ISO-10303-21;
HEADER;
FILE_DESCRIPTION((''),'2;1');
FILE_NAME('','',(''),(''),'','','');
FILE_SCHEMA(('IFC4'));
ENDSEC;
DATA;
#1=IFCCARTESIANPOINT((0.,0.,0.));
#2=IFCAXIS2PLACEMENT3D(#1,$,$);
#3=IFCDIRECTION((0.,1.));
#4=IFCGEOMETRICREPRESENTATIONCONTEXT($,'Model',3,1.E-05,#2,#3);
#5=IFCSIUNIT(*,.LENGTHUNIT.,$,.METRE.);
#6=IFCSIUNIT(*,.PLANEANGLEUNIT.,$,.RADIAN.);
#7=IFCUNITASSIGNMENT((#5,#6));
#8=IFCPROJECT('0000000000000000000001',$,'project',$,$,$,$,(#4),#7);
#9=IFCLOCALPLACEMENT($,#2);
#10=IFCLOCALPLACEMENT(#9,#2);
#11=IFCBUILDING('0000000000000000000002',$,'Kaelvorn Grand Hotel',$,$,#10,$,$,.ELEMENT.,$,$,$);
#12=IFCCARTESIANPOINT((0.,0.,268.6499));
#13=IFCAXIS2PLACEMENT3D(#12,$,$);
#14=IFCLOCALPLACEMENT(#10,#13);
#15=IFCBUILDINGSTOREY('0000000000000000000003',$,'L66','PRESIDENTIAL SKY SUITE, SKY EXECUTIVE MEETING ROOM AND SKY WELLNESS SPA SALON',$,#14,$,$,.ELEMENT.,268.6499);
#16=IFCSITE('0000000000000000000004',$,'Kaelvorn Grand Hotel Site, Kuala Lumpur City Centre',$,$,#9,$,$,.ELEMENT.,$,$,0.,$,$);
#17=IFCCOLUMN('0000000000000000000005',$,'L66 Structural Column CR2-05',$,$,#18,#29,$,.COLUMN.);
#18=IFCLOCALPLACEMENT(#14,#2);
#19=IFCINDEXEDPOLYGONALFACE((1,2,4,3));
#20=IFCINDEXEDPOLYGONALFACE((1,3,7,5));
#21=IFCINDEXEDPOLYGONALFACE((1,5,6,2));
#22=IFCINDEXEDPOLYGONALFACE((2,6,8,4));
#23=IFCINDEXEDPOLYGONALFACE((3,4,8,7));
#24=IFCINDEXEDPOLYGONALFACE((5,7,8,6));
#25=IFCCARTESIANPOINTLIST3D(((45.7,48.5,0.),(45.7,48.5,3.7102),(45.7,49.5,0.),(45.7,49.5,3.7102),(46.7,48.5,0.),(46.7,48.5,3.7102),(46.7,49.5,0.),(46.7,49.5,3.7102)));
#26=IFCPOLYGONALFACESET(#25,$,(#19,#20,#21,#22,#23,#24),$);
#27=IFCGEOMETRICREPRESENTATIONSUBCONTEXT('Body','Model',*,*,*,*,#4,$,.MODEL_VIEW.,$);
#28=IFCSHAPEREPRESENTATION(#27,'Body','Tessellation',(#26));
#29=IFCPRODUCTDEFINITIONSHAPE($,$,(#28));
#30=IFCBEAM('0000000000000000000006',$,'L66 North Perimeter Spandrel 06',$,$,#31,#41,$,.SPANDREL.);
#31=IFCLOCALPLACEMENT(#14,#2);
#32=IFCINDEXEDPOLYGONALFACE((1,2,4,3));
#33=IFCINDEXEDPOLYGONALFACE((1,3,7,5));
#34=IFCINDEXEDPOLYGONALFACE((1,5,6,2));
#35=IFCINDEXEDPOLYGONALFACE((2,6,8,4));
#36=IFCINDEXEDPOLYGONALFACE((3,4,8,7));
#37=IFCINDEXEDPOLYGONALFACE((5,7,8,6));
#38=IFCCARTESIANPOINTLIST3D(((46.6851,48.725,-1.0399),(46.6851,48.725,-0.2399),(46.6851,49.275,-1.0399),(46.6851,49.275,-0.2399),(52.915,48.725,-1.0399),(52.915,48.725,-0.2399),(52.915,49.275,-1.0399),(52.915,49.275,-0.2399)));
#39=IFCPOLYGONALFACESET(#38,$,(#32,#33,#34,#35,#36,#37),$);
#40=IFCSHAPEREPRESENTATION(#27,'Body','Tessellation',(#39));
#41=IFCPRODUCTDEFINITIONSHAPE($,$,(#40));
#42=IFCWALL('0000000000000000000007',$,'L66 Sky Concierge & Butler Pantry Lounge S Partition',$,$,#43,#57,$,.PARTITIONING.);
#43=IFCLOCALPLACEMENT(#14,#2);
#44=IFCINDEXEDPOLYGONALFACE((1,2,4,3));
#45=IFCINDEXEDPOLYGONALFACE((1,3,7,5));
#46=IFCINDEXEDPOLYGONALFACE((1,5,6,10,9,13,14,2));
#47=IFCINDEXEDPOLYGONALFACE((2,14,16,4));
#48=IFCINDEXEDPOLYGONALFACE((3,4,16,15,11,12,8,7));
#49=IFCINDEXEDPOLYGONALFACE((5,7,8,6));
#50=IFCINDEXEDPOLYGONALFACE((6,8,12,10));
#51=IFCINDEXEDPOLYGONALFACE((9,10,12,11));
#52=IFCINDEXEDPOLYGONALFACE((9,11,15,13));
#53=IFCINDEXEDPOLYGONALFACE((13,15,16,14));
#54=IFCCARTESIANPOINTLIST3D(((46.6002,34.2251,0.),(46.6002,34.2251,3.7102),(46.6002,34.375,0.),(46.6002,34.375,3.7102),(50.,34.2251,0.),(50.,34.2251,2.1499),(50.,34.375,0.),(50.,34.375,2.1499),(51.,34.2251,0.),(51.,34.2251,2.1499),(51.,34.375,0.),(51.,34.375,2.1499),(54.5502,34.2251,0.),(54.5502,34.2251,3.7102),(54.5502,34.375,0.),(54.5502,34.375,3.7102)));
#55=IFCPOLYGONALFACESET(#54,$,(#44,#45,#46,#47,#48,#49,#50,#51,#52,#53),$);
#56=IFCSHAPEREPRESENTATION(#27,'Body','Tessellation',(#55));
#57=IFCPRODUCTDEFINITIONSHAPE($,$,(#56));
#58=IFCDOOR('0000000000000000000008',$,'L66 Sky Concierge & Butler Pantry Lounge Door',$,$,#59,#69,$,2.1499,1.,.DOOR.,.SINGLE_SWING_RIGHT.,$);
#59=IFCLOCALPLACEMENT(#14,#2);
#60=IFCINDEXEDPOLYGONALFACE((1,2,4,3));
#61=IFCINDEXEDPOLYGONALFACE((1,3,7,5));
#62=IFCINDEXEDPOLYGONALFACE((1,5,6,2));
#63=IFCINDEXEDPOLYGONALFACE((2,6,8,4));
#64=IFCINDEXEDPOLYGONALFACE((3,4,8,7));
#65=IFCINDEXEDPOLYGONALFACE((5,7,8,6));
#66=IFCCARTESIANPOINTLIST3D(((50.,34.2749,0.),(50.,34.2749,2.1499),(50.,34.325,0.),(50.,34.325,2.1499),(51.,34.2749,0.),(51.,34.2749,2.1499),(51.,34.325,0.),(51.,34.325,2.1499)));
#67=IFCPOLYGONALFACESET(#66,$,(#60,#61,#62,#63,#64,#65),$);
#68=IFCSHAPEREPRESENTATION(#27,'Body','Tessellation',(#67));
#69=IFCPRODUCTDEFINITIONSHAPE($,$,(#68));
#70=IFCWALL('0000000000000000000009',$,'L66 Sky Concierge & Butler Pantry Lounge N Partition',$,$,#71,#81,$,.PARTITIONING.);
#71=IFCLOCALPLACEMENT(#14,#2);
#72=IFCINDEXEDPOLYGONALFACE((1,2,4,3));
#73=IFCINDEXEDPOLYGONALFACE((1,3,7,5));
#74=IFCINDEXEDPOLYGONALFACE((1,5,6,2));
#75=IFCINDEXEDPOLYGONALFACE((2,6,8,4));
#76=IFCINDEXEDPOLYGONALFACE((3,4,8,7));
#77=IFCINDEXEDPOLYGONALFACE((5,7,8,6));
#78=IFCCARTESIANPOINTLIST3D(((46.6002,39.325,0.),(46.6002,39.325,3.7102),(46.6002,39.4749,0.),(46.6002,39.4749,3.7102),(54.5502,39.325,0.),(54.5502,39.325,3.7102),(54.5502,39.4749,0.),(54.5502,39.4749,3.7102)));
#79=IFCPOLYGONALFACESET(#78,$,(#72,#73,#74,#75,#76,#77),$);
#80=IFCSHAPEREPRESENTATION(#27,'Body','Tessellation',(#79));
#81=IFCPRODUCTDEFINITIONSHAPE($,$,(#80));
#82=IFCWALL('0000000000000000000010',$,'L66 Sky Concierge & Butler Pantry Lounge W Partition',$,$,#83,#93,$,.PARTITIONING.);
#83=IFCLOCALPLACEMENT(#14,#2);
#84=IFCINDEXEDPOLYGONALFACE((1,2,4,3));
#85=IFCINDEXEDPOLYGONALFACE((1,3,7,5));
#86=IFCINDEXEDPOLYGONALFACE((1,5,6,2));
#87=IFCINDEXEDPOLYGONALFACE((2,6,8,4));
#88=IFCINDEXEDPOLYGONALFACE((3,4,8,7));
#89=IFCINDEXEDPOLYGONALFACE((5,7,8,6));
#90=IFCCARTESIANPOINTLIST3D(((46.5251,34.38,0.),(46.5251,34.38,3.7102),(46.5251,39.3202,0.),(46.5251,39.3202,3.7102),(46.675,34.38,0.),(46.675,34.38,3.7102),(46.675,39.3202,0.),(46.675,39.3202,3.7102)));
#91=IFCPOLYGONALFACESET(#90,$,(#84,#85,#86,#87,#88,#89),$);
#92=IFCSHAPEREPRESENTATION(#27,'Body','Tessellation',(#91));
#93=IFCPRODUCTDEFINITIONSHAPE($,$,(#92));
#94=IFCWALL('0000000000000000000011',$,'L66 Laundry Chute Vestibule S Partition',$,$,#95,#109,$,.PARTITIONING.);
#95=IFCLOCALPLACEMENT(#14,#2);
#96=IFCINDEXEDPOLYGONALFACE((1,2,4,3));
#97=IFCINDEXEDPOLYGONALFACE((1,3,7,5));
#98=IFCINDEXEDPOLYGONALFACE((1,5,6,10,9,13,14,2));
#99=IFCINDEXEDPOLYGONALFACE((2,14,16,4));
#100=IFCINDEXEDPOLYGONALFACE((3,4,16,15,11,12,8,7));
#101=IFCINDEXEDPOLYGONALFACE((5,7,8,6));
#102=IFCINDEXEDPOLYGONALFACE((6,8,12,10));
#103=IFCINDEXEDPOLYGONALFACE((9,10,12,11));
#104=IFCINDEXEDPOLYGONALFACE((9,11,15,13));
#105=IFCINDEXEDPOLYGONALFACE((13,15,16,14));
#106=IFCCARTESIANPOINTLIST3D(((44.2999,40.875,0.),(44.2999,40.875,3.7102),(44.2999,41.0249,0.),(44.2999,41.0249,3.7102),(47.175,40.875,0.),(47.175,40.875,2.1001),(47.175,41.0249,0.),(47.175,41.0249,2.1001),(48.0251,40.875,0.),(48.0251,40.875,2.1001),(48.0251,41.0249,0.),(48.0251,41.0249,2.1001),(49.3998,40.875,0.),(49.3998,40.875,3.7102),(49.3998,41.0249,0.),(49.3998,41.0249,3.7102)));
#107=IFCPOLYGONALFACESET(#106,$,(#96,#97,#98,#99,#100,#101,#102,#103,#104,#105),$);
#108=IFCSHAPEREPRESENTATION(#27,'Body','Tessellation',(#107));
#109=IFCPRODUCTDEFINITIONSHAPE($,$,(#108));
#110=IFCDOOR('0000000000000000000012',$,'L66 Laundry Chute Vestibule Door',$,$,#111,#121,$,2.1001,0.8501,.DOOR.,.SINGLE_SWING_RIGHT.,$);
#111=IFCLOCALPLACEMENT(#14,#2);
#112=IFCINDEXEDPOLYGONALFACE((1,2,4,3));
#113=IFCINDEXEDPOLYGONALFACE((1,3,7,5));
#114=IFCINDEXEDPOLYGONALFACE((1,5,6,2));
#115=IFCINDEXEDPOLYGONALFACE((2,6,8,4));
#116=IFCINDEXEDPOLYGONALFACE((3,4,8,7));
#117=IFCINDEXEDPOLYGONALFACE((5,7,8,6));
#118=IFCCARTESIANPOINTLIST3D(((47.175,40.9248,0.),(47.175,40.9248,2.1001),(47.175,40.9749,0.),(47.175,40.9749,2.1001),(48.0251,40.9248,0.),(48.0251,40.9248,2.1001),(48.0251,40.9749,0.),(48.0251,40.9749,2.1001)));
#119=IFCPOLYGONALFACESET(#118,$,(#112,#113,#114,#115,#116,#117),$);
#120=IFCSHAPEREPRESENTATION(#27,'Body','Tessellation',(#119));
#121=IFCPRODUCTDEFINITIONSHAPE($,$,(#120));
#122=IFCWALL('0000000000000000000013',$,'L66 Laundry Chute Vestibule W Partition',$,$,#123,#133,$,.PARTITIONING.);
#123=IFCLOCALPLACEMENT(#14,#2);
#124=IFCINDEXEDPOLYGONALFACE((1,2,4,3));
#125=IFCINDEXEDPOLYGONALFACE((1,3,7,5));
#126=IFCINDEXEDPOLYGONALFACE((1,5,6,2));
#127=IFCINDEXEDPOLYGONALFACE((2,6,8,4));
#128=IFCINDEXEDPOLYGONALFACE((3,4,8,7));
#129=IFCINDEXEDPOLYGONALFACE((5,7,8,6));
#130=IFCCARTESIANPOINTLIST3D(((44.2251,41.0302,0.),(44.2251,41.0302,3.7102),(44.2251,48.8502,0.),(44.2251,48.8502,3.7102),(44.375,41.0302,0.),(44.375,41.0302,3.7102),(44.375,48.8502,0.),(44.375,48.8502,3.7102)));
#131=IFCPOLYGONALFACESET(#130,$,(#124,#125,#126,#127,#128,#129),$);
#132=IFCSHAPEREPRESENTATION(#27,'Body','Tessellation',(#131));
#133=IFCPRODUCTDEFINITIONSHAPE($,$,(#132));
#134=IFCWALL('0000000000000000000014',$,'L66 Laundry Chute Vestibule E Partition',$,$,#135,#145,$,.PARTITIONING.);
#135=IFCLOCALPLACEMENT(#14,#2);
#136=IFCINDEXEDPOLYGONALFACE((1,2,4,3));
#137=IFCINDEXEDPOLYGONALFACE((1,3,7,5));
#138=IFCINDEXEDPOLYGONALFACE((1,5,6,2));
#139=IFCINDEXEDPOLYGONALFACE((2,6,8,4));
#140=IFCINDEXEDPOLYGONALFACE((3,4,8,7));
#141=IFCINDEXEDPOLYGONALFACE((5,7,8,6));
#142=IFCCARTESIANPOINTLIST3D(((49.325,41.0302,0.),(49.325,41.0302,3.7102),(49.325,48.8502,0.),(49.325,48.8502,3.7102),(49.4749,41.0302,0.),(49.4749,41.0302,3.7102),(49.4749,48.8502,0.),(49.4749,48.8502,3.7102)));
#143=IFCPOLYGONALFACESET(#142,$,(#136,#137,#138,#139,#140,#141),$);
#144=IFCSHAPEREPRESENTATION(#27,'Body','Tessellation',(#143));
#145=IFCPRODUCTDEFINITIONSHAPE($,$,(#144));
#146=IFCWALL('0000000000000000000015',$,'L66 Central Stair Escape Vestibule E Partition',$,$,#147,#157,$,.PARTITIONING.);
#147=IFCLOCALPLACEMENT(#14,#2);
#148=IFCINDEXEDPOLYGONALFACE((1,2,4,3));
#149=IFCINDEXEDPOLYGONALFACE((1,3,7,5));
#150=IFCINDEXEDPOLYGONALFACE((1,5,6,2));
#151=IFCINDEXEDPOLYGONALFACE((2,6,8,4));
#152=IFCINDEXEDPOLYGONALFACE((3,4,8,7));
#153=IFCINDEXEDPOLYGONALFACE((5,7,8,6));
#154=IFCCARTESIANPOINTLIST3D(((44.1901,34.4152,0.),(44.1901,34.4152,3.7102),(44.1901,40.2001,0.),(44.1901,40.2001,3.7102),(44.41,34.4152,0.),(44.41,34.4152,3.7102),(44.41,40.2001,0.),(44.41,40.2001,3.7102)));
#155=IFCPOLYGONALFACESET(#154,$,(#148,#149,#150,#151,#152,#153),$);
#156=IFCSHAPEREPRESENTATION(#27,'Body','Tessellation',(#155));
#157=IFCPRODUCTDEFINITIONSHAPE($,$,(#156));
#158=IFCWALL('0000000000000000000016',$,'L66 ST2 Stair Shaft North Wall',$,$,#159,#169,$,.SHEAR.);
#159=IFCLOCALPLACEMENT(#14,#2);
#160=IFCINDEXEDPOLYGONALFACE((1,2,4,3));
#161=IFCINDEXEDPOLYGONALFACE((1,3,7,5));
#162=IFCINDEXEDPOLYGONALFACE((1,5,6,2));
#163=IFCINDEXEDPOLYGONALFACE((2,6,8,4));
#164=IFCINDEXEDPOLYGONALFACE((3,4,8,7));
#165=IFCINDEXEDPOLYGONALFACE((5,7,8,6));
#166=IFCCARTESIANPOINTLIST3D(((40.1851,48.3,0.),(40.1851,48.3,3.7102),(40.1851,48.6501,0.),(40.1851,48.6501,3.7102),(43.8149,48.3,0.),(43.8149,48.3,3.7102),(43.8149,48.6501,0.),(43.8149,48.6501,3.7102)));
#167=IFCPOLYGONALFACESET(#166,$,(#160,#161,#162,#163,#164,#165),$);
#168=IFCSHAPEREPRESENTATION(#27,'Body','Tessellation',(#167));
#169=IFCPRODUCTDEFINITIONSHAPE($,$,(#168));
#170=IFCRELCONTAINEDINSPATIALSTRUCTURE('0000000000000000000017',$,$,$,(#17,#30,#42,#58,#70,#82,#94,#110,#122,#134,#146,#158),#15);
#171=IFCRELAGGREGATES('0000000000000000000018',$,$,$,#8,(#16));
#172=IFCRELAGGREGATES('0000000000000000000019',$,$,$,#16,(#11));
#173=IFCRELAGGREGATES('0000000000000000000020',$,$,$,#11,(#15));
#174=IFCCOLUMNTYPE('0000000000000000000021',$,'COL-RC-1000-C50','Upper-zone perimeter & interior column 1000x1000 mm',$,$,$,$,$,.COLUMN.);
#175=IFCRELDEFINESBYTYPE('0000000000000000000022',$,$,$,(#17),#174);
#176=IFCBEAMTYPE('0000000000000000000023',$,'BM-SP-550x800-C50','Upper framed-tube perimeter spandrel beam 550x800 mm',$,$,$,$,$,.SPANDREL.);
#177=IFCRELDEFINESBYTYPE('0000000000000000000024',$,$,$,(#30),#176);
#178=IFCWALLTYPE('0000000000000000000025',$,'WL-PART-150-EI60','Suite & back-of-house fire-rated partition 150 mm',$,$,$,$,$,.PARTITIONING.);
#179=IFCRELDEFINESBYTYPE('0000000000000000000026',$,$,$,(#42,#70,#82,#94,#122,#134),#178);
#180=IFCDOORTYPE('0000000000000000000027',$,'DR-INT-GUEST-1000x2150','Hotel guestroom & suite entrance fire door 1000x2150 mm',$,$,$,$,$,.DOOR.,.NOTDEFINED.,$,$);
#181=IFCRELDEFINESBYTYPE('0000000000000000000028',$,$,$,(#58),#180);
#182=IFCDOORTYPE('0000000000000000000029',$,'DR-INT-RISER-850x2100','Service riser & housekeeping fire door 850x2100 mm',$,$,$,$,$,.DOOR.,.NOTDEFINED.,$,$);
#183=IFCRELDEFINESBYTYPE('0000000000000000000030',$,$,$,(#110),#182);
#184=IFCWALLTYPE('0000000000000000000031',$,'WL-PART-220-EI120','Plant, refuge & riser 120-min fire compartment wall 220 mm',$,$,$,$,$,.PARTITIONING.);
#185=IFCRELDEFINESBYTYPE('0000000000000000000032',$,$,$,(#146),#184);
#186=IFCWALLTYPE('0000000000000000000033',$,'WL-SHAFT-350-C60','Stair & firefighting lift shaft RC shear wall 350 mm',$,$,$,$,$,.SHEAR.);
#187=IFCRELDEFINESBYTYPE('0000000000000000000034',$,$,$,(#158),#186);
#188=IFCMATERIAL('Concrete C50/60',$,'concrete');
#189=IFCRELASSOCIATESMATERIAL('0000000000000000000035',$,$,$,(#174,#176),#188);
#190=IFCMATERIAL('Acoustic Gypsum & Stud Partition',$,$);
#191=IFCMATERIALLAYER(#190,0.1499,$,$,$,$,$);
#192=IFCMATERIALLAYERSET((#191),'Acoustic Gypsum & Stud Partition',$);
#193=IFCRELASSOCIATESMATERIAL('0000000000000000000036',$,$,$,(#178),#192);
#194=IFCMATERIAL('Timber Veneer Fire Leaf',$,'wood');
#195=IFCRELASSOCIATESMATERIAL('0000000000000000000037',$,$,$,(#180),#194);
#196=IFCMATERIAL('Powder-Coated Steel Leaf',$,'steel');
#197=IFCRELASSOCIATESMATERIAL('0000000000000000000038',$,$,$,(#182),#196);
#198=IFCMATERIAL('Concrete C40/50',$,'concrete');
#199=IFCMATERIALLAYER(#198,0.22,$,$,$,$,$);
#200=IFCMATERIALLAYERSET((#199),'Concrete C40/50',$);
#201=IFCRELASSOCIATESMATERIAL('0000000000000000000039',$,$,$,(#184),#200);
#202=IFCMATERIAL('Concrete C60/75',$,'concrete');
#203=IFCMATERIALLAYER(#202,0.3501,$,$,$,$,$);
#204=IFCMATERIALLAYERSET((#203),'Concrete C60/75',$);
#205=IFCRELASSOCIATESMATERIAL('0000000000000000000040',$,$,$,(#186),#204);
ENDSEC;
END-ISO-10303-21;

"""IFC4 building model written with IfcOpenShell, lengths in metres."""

from ifc_helpers import new_model, si_unit, direction, frame, frame_2d, origin, origin_2d, place, context, subcontext, project, spatial, rectangle, extrude, material, layer, layer_set, material_profile, profile_set, type_object, element, fill, save


model = new_model("IFC4")

# Units and contexts
model_context = context("Model", 3, precision=1e-05, world=origin(), true_north=direction((0.0, 1.0)))
body_context = subcontext(model_context, "Body", "Model", "MODEL_VIEW")
ifc_project = project(units=[si_unit("LENGTHUNIT", "METRE"), si_unit("PLANEANGLEUNIT", "RADIAN")], contexts=[model_context])

# Site, building, storey
site_placement = place(None, origin())
site = spatial("IfcSite", under=ifc_project, at=site_placement, Name="Kaelvorn Grand Hotel Site, Kuala Lumpur City Centre", CompositionType="ELEMENT", RefElevation=0.0)
building_placement = place(site_placement, origin())
building = spatial("IfcBuilding", under=site, at=building_placement, Name="Kaelvorn Grand Hotel", CompositionType="ELEMENT")
storey_placement = place(building_placement, frame((0.0, 0.0, 268.6499)))
storey = spatial("IfcBuildingStorey", under=building, at=storey_placement, Name="L66", Description="PRESIDENTIAL SKY SUITE, SKY EXECUTIVE MEETING ROOM AND SKY WELLNESS SPA SALON", CompositionType="ELEMENT", Elevation=268.6499)

# Column
ifc_material_1 = material(Name="Concrete C50/60", Category="concrete")
ifc_material_profile_1 = material_profile(ifc_material_1, rectangle(XDim=1.0, YDim=1.0, at=origin_2d()), Name="RC COL 1000x1000")
ifc_profile_set_1 = profile_set([ifc_material_profile_1], Name="Concrete C50/60")
column_type = type_object("IfcColumnType", Name="COL-RC-1000-C50", Description="Upper-zone perimeter & interior column 1000x1000 mm", PredefinedType="COLUMN", material=ifc_profile_set_1)
column_placement = place(storey_placement, frame((46.2, 49.0, 0.0), z_axis=(0.0, 0.0, 1.0), x_axis=(1.0, 0.0, 0.0)))
element("IfcColumn", 1, at=column_placement, inside=storey, type_object=column_type, Name="L66 Structural Column CR2-05", PredefinedType="COLUMN", context=body_context, shape_type="SweptSolid", body=[
    extrude(rectangle(XDim=1.0, YDim=1.0, at=origin_2d()), origin(), (0.0, 0.0, 1.0), 3.7102),
])

# Beam
ifc_material_profile_2 = material_profile(ifc_material_1, rectangle(XDim=0.55, YDim=0.8, at=origin_2d()), Name="RC SPANDREL 550x800")
ifc_profile_set_2 = profile_set([ifc_material_profile_2], Name="Concrete C50/60")
beam_type = type_object("IfcBeamType", Name="BM-SP-550x800-C50", Description="Upper framed-tube perimeter spandrel beam 550x800 mm", PredefinedType="SPANDREL", material=ifc_profile_set_2)
beam_placement = place(storey_placement, frame((46.6851, 49.0, -0.6399), z_axis=(1.0, 0.0, 0.0), x_axis=(0.0, 1.0, 0.0)))
element("IfcBeam", 2, at=beam_placement, inside=storey, type_object=beam_type, Name="L66 North Perimeter Spandrel 06", PredefinedType="SPANDREL", context=body_context, shape_type="SweptSolid", body=[
    extrude(rectangle(XDim=0.55, YDim=0.8, at=origin_2d()), origin(), (0.0, 0.0, 1.0), 6.23),
])

# Wall, opening, door
ifc_material_2 = material(Name="Acoustic Gypsum & Stud Partition")
ifc_layer_1 = layer(ifc_material_2, 0.1499)
ifc_layer_set_1 = layer_set([ifc_layer_1], Name="Acoustic Gypsum & Stud Partition")
wall_type_1 = type_object("IfcWallType", Name="WL-PART-150-EI60", Description="Suite & back-of-house fire-rated partition 150 mm", PredefinedType="PARTITIONING", material=ifc_layer_set_1)
wall_1_placement = place(storey_placement, frame((46.6001, 34.3, 0.0), z_axis=(0.0, 0.0, 1.0), x_axis=(1.0, 0.0, 0.0)))
wall_1 = element("IfcWall", 3, at=wall_1_placement, inside=storey, type_object=wall_type_1, Name="L66 Sky Concierge & Butler Pantry Lounge S Partition", PredefinedType="PARTITIONING", context=body_context, shape_type="SweptSolid", body=[
    extrude(rectangle(XDim=7.95, YDim=0.1499, at=frame_2d((3.9751, 0.0))), origin(), (0.0, 0.0, 1.0), 3.7102),
])
opening_1_placement = place(wall_1_placement, frame((3.3999, 0.0, 0.0)))
opening_1 = element("IfcOpeningElement", 4, at=opening_1_placement, cuts=wall_1, PredefinedType="OPENING", context=body_context, shape_type="SweptSolid", body=[
    extrude(rectangle(XDim=1.0, YDim=2.1499, at=frame_2d((0.5, 1.075))), frame((0.0, 0.085, 0.0), z_axis=(0.0, -1.0, 0.0), x_axis=(1.0, 0.0, 0.0)), (0.0, 0.0, 1.0), 0.1699),
])
ifc_material_3 = material(Name="Timber Veneer Fire Leaf", Category="wood")
door_type_1 = type_object("IfcDoorType", Name="DR-INT-GUEST-1000x2150", Description="Hotel guestroom & suite entrance fire door 1000x2150 mm", OperationType="NOTDEFINED", PredefinedType="DOOR", material=ifc_material_3)
door_1_placement = place(opening_1_placement, origin())
door_1 = element("IfcDoor", 5, at=door_1_placement, inside=storey, type_object=door_type_1, Name="L66 Sky Concierge & Butler Pantry Lounge Door", OperationType="SINGLE_SWING_RIGHT", OverallHeight=2.1499, OverallWidth=1.0, PredefinedType="DOOR", context=body_context, shape_type="SweptSolid", body=[
    extrude(rectangle(XDim=1.0, YDim=2.1499, at=frame_2d((0.5, 1.075))), frame((0.0, 0.0249, 0.0), z_axis=(0.0, -1.0, 0.0), x_axis=(1.0, 0.0, 0.0)), (0.0, 0.0, 1.0), 0.05),
])
fill(opening_1, door_1)

# Walls
wall_2_placement = place(storey_placement, frame((46.6001, 39.3999, 0.0), z_axis=(0.0, 0.0, 1.0), x_axis=(1.0, 0.0, 0.0)))
element("IfcWall", 6, at=wall_2_placement, inside=storey, type_object=wall_type_1, Name="L66 Sky Concierge & Butler Pantry Lounge N Partition", PredefinedType="PARTITIONING", context=body_context, shape_type="SweptSolid", body=[
    extrude(rectangle(XDim=7.95, YDim=0.1499, at=frame_2d((3.9751, 0.0))), origin(), (0.0, 0.0, 1.0), 3.7102),
])
wall_3_placement = place(storey_placement, frame((46.6001, 34.3799, 0.0), z_axis=(0.0, 0.0, 1.0), x_axis=(0.0, 1.0, 0.0)))
element("IfcWall", 7, at=wall_3_placement, inside=storey, type_object=wall_type_1, Name="L66 Sky Concierge & Butler Pantry Lounge W Partition", PredefinedType="PARTITIONING", context=body_context, shape_type="SweptSolid", body=[
    extrude(rectangle(XDim=4.9402, YDim=0.1499, at=frame_2d((2.4702, 0.0))), origin(), (0.0, 0.0, 1.0), 3.7102),
])

# Wall, opening, door
wall_4_placement = place(storey_placement, frame((44.3, 40.95, 0.0), z_axis=(0.0, 0.0, 1.0), x_axis=(1.0, 0.0, 0.0)))
wall_4 = element("IfcWall", 8, at=wall_4_placement, inside=storey, type_object=wall_type_1, Name="L66 Laundry Chute Vestibule S Partition", PredefinedType="PARTITIONING", context=body_context, shape_type="SweptSolid", body=[
    extrude(rectangle(XDim=5.0999, YDim=0.1499, at=frame_2d((2.5498, 0.0))), origin(), (0.0, 0.0, 1.0), 3.7102),
])
opening_2_placement = place(wall_4_placement, frame((2.875, 0.0, 0.0)))
opening_2 = element("IfcOpeningElement", 9, at=opening_2_placement, cuts=wall_4, PredefinedType="OPENING", context=body_context, shape_type="SweptSolid", body=[
    extrude(rectangle(XDim=0.8501, YDim=2.1001, at=frame_2d((0.425, 1.05))), frame((0.0, 0.085, 0.0), z_axis=(0.0, -1.0, 0.0), x_axis=(1.0, 0.0, 0.0)), (0.0, 0.0, 1.0), 0.1699),
])
ifc_material_4 = material(Name="Powder-Coated Steel Leaf", Category="steel")
door_type_2 = type_object("IfcDoorType", Name="DR-INT-RISER-850x2100", Description="Service riser & housekeeping fire door 850x2100 mm", OperationType="NOTDEFINED", PredefinedType="DOOR", material=ifc_material_4)
door_2_placement = place(opening_2_placement, origin())
door_2 = element("IfcDoor", 10, at=door_2_placement, inside=storey, type_object=door_type_2, Name="L66 Laundry Chute Vestibule Door", OperationType="SINGLE_SWING_RIGHT", OverallHeight=2.1001, OverallWidth=0.8501, PredefinedType="DOOR", context=body_context, shape_type="SweptSolid", body=[
    extrude(rectangle(XDim=0.8501, YDim=2.1001, at=frame_2d((0.425, 1.05))), frame((0.0, 0.0249, 0.0), z_axis=(0.0, -1.0, 0.0), x_axis=(1.0, 0.0, 0.0)), (0.0, 0.0, 1.0), 0.05),
])
fill(opening_2, door_2)

# Walls
for number, where, z_axis, x_axis, name in (
    (11, (44.3, 41.03, 0.0), (0.0, 0.0, 1.0), (0.0, 1.0, 0.0), "L66 Laundry Chute Vestibule W Partition"),
    (12, (49.3999, 41.03, 0.0), (0.0, 0.0, 1.0), (0.0, 1.0, 0.0), "L66 Laundry Chute Vestibule E Partition"),
):
    element("IfcWall", number, at=place(storey_placement, frame(where, z_axis=z_axis, x_axis=x_axis)), inside=storey, type_object=wall_type_1, Name=name, PredefinedType="PARTITIONING", context=body_context, shape_type="SweptSolid", body=[
        extrude(rectangle(XDim=7.8201, YDim=0.1499, at=frame_2d((3.9102, 0.0))), origin(), (0.0, 0.0, 1.0), 3.7102),
    ])
ifc_material_5 = material(Name="Concrete C40/50", Category="concrete")
ifc_layer_2 = layer(ifc_material_5, 0.22)
ifc_layer_set_2 = layer_set([ifc_layer_2], Name="Concrete C40/50")
wall_type_2 = type_object("IfcWallType", Name="WL-PART-220-EI120", Description="Plant, refuge & riser 120-min fire compartment wall 220 mm", PredefinedType="PARTITIONING", material=ifc_layer_set_2)
wall_5_placement = place(storey_placement, frame((44.3, 34.415, 0.0), z_axis=(0.0, 0.0, 1.0), x_axis=(0.0, 1.0, 0.0)))
element("IfcWall", 13, at=wall_5_placement, inside=storey, type_object=wall_type_2, Name="L66 Central Stair Escape Vestibule E Partition", PredefinedType="PARTITIONING", context=body_context, shape_type="SweptSolid", body=[
    extrude(rectangle(XDim=5.7849, YDim=0.22, at=frame_2d((2.8926, 0.0))), origin(), (0.0, 0.0, 1.0), 3.7102),
])
ifc_material_6 = material(Name="Concrete C60/75", Category="concrete")
ifc_layer_3 = layer(ifc_material_6, 0.3501)
ifc_layer_set_3 = layer_set([ifc_layer_3], Name="Concrete C60/75")
wall_type_3 = type_object("IfcWallType", Name="WL-SHAFT-350-C60", Description="Stair & firefighting lift shaft RC shear wall 350 mm", PredefinedType="SHEAR", material=ifc_layer_set_3)
wall_6_placement = place(storey_placement, frame((40.1851, 48.4751, 0.0), z_axis=(0.0, 0.0, 1.0), x_axis=(1.0, 0.0, 0.0)))
element("IfcWall", 14, at=wall_6_placement, inside=storey, type_object=wall_type_3, Name="L66 ST2 Stair Shaft North Wall", PredefinedType="SHEAR", context=body_context, shape_type="SweptSolid", body=[
    extrude(rectangle(XDim=3.6299, YDim=0.3501, at=frame_2d((1.8149, 0.0))), origin(), (0.0, 0.0, 1.0), 3.7102),
])

save(model, "model.ifc")
